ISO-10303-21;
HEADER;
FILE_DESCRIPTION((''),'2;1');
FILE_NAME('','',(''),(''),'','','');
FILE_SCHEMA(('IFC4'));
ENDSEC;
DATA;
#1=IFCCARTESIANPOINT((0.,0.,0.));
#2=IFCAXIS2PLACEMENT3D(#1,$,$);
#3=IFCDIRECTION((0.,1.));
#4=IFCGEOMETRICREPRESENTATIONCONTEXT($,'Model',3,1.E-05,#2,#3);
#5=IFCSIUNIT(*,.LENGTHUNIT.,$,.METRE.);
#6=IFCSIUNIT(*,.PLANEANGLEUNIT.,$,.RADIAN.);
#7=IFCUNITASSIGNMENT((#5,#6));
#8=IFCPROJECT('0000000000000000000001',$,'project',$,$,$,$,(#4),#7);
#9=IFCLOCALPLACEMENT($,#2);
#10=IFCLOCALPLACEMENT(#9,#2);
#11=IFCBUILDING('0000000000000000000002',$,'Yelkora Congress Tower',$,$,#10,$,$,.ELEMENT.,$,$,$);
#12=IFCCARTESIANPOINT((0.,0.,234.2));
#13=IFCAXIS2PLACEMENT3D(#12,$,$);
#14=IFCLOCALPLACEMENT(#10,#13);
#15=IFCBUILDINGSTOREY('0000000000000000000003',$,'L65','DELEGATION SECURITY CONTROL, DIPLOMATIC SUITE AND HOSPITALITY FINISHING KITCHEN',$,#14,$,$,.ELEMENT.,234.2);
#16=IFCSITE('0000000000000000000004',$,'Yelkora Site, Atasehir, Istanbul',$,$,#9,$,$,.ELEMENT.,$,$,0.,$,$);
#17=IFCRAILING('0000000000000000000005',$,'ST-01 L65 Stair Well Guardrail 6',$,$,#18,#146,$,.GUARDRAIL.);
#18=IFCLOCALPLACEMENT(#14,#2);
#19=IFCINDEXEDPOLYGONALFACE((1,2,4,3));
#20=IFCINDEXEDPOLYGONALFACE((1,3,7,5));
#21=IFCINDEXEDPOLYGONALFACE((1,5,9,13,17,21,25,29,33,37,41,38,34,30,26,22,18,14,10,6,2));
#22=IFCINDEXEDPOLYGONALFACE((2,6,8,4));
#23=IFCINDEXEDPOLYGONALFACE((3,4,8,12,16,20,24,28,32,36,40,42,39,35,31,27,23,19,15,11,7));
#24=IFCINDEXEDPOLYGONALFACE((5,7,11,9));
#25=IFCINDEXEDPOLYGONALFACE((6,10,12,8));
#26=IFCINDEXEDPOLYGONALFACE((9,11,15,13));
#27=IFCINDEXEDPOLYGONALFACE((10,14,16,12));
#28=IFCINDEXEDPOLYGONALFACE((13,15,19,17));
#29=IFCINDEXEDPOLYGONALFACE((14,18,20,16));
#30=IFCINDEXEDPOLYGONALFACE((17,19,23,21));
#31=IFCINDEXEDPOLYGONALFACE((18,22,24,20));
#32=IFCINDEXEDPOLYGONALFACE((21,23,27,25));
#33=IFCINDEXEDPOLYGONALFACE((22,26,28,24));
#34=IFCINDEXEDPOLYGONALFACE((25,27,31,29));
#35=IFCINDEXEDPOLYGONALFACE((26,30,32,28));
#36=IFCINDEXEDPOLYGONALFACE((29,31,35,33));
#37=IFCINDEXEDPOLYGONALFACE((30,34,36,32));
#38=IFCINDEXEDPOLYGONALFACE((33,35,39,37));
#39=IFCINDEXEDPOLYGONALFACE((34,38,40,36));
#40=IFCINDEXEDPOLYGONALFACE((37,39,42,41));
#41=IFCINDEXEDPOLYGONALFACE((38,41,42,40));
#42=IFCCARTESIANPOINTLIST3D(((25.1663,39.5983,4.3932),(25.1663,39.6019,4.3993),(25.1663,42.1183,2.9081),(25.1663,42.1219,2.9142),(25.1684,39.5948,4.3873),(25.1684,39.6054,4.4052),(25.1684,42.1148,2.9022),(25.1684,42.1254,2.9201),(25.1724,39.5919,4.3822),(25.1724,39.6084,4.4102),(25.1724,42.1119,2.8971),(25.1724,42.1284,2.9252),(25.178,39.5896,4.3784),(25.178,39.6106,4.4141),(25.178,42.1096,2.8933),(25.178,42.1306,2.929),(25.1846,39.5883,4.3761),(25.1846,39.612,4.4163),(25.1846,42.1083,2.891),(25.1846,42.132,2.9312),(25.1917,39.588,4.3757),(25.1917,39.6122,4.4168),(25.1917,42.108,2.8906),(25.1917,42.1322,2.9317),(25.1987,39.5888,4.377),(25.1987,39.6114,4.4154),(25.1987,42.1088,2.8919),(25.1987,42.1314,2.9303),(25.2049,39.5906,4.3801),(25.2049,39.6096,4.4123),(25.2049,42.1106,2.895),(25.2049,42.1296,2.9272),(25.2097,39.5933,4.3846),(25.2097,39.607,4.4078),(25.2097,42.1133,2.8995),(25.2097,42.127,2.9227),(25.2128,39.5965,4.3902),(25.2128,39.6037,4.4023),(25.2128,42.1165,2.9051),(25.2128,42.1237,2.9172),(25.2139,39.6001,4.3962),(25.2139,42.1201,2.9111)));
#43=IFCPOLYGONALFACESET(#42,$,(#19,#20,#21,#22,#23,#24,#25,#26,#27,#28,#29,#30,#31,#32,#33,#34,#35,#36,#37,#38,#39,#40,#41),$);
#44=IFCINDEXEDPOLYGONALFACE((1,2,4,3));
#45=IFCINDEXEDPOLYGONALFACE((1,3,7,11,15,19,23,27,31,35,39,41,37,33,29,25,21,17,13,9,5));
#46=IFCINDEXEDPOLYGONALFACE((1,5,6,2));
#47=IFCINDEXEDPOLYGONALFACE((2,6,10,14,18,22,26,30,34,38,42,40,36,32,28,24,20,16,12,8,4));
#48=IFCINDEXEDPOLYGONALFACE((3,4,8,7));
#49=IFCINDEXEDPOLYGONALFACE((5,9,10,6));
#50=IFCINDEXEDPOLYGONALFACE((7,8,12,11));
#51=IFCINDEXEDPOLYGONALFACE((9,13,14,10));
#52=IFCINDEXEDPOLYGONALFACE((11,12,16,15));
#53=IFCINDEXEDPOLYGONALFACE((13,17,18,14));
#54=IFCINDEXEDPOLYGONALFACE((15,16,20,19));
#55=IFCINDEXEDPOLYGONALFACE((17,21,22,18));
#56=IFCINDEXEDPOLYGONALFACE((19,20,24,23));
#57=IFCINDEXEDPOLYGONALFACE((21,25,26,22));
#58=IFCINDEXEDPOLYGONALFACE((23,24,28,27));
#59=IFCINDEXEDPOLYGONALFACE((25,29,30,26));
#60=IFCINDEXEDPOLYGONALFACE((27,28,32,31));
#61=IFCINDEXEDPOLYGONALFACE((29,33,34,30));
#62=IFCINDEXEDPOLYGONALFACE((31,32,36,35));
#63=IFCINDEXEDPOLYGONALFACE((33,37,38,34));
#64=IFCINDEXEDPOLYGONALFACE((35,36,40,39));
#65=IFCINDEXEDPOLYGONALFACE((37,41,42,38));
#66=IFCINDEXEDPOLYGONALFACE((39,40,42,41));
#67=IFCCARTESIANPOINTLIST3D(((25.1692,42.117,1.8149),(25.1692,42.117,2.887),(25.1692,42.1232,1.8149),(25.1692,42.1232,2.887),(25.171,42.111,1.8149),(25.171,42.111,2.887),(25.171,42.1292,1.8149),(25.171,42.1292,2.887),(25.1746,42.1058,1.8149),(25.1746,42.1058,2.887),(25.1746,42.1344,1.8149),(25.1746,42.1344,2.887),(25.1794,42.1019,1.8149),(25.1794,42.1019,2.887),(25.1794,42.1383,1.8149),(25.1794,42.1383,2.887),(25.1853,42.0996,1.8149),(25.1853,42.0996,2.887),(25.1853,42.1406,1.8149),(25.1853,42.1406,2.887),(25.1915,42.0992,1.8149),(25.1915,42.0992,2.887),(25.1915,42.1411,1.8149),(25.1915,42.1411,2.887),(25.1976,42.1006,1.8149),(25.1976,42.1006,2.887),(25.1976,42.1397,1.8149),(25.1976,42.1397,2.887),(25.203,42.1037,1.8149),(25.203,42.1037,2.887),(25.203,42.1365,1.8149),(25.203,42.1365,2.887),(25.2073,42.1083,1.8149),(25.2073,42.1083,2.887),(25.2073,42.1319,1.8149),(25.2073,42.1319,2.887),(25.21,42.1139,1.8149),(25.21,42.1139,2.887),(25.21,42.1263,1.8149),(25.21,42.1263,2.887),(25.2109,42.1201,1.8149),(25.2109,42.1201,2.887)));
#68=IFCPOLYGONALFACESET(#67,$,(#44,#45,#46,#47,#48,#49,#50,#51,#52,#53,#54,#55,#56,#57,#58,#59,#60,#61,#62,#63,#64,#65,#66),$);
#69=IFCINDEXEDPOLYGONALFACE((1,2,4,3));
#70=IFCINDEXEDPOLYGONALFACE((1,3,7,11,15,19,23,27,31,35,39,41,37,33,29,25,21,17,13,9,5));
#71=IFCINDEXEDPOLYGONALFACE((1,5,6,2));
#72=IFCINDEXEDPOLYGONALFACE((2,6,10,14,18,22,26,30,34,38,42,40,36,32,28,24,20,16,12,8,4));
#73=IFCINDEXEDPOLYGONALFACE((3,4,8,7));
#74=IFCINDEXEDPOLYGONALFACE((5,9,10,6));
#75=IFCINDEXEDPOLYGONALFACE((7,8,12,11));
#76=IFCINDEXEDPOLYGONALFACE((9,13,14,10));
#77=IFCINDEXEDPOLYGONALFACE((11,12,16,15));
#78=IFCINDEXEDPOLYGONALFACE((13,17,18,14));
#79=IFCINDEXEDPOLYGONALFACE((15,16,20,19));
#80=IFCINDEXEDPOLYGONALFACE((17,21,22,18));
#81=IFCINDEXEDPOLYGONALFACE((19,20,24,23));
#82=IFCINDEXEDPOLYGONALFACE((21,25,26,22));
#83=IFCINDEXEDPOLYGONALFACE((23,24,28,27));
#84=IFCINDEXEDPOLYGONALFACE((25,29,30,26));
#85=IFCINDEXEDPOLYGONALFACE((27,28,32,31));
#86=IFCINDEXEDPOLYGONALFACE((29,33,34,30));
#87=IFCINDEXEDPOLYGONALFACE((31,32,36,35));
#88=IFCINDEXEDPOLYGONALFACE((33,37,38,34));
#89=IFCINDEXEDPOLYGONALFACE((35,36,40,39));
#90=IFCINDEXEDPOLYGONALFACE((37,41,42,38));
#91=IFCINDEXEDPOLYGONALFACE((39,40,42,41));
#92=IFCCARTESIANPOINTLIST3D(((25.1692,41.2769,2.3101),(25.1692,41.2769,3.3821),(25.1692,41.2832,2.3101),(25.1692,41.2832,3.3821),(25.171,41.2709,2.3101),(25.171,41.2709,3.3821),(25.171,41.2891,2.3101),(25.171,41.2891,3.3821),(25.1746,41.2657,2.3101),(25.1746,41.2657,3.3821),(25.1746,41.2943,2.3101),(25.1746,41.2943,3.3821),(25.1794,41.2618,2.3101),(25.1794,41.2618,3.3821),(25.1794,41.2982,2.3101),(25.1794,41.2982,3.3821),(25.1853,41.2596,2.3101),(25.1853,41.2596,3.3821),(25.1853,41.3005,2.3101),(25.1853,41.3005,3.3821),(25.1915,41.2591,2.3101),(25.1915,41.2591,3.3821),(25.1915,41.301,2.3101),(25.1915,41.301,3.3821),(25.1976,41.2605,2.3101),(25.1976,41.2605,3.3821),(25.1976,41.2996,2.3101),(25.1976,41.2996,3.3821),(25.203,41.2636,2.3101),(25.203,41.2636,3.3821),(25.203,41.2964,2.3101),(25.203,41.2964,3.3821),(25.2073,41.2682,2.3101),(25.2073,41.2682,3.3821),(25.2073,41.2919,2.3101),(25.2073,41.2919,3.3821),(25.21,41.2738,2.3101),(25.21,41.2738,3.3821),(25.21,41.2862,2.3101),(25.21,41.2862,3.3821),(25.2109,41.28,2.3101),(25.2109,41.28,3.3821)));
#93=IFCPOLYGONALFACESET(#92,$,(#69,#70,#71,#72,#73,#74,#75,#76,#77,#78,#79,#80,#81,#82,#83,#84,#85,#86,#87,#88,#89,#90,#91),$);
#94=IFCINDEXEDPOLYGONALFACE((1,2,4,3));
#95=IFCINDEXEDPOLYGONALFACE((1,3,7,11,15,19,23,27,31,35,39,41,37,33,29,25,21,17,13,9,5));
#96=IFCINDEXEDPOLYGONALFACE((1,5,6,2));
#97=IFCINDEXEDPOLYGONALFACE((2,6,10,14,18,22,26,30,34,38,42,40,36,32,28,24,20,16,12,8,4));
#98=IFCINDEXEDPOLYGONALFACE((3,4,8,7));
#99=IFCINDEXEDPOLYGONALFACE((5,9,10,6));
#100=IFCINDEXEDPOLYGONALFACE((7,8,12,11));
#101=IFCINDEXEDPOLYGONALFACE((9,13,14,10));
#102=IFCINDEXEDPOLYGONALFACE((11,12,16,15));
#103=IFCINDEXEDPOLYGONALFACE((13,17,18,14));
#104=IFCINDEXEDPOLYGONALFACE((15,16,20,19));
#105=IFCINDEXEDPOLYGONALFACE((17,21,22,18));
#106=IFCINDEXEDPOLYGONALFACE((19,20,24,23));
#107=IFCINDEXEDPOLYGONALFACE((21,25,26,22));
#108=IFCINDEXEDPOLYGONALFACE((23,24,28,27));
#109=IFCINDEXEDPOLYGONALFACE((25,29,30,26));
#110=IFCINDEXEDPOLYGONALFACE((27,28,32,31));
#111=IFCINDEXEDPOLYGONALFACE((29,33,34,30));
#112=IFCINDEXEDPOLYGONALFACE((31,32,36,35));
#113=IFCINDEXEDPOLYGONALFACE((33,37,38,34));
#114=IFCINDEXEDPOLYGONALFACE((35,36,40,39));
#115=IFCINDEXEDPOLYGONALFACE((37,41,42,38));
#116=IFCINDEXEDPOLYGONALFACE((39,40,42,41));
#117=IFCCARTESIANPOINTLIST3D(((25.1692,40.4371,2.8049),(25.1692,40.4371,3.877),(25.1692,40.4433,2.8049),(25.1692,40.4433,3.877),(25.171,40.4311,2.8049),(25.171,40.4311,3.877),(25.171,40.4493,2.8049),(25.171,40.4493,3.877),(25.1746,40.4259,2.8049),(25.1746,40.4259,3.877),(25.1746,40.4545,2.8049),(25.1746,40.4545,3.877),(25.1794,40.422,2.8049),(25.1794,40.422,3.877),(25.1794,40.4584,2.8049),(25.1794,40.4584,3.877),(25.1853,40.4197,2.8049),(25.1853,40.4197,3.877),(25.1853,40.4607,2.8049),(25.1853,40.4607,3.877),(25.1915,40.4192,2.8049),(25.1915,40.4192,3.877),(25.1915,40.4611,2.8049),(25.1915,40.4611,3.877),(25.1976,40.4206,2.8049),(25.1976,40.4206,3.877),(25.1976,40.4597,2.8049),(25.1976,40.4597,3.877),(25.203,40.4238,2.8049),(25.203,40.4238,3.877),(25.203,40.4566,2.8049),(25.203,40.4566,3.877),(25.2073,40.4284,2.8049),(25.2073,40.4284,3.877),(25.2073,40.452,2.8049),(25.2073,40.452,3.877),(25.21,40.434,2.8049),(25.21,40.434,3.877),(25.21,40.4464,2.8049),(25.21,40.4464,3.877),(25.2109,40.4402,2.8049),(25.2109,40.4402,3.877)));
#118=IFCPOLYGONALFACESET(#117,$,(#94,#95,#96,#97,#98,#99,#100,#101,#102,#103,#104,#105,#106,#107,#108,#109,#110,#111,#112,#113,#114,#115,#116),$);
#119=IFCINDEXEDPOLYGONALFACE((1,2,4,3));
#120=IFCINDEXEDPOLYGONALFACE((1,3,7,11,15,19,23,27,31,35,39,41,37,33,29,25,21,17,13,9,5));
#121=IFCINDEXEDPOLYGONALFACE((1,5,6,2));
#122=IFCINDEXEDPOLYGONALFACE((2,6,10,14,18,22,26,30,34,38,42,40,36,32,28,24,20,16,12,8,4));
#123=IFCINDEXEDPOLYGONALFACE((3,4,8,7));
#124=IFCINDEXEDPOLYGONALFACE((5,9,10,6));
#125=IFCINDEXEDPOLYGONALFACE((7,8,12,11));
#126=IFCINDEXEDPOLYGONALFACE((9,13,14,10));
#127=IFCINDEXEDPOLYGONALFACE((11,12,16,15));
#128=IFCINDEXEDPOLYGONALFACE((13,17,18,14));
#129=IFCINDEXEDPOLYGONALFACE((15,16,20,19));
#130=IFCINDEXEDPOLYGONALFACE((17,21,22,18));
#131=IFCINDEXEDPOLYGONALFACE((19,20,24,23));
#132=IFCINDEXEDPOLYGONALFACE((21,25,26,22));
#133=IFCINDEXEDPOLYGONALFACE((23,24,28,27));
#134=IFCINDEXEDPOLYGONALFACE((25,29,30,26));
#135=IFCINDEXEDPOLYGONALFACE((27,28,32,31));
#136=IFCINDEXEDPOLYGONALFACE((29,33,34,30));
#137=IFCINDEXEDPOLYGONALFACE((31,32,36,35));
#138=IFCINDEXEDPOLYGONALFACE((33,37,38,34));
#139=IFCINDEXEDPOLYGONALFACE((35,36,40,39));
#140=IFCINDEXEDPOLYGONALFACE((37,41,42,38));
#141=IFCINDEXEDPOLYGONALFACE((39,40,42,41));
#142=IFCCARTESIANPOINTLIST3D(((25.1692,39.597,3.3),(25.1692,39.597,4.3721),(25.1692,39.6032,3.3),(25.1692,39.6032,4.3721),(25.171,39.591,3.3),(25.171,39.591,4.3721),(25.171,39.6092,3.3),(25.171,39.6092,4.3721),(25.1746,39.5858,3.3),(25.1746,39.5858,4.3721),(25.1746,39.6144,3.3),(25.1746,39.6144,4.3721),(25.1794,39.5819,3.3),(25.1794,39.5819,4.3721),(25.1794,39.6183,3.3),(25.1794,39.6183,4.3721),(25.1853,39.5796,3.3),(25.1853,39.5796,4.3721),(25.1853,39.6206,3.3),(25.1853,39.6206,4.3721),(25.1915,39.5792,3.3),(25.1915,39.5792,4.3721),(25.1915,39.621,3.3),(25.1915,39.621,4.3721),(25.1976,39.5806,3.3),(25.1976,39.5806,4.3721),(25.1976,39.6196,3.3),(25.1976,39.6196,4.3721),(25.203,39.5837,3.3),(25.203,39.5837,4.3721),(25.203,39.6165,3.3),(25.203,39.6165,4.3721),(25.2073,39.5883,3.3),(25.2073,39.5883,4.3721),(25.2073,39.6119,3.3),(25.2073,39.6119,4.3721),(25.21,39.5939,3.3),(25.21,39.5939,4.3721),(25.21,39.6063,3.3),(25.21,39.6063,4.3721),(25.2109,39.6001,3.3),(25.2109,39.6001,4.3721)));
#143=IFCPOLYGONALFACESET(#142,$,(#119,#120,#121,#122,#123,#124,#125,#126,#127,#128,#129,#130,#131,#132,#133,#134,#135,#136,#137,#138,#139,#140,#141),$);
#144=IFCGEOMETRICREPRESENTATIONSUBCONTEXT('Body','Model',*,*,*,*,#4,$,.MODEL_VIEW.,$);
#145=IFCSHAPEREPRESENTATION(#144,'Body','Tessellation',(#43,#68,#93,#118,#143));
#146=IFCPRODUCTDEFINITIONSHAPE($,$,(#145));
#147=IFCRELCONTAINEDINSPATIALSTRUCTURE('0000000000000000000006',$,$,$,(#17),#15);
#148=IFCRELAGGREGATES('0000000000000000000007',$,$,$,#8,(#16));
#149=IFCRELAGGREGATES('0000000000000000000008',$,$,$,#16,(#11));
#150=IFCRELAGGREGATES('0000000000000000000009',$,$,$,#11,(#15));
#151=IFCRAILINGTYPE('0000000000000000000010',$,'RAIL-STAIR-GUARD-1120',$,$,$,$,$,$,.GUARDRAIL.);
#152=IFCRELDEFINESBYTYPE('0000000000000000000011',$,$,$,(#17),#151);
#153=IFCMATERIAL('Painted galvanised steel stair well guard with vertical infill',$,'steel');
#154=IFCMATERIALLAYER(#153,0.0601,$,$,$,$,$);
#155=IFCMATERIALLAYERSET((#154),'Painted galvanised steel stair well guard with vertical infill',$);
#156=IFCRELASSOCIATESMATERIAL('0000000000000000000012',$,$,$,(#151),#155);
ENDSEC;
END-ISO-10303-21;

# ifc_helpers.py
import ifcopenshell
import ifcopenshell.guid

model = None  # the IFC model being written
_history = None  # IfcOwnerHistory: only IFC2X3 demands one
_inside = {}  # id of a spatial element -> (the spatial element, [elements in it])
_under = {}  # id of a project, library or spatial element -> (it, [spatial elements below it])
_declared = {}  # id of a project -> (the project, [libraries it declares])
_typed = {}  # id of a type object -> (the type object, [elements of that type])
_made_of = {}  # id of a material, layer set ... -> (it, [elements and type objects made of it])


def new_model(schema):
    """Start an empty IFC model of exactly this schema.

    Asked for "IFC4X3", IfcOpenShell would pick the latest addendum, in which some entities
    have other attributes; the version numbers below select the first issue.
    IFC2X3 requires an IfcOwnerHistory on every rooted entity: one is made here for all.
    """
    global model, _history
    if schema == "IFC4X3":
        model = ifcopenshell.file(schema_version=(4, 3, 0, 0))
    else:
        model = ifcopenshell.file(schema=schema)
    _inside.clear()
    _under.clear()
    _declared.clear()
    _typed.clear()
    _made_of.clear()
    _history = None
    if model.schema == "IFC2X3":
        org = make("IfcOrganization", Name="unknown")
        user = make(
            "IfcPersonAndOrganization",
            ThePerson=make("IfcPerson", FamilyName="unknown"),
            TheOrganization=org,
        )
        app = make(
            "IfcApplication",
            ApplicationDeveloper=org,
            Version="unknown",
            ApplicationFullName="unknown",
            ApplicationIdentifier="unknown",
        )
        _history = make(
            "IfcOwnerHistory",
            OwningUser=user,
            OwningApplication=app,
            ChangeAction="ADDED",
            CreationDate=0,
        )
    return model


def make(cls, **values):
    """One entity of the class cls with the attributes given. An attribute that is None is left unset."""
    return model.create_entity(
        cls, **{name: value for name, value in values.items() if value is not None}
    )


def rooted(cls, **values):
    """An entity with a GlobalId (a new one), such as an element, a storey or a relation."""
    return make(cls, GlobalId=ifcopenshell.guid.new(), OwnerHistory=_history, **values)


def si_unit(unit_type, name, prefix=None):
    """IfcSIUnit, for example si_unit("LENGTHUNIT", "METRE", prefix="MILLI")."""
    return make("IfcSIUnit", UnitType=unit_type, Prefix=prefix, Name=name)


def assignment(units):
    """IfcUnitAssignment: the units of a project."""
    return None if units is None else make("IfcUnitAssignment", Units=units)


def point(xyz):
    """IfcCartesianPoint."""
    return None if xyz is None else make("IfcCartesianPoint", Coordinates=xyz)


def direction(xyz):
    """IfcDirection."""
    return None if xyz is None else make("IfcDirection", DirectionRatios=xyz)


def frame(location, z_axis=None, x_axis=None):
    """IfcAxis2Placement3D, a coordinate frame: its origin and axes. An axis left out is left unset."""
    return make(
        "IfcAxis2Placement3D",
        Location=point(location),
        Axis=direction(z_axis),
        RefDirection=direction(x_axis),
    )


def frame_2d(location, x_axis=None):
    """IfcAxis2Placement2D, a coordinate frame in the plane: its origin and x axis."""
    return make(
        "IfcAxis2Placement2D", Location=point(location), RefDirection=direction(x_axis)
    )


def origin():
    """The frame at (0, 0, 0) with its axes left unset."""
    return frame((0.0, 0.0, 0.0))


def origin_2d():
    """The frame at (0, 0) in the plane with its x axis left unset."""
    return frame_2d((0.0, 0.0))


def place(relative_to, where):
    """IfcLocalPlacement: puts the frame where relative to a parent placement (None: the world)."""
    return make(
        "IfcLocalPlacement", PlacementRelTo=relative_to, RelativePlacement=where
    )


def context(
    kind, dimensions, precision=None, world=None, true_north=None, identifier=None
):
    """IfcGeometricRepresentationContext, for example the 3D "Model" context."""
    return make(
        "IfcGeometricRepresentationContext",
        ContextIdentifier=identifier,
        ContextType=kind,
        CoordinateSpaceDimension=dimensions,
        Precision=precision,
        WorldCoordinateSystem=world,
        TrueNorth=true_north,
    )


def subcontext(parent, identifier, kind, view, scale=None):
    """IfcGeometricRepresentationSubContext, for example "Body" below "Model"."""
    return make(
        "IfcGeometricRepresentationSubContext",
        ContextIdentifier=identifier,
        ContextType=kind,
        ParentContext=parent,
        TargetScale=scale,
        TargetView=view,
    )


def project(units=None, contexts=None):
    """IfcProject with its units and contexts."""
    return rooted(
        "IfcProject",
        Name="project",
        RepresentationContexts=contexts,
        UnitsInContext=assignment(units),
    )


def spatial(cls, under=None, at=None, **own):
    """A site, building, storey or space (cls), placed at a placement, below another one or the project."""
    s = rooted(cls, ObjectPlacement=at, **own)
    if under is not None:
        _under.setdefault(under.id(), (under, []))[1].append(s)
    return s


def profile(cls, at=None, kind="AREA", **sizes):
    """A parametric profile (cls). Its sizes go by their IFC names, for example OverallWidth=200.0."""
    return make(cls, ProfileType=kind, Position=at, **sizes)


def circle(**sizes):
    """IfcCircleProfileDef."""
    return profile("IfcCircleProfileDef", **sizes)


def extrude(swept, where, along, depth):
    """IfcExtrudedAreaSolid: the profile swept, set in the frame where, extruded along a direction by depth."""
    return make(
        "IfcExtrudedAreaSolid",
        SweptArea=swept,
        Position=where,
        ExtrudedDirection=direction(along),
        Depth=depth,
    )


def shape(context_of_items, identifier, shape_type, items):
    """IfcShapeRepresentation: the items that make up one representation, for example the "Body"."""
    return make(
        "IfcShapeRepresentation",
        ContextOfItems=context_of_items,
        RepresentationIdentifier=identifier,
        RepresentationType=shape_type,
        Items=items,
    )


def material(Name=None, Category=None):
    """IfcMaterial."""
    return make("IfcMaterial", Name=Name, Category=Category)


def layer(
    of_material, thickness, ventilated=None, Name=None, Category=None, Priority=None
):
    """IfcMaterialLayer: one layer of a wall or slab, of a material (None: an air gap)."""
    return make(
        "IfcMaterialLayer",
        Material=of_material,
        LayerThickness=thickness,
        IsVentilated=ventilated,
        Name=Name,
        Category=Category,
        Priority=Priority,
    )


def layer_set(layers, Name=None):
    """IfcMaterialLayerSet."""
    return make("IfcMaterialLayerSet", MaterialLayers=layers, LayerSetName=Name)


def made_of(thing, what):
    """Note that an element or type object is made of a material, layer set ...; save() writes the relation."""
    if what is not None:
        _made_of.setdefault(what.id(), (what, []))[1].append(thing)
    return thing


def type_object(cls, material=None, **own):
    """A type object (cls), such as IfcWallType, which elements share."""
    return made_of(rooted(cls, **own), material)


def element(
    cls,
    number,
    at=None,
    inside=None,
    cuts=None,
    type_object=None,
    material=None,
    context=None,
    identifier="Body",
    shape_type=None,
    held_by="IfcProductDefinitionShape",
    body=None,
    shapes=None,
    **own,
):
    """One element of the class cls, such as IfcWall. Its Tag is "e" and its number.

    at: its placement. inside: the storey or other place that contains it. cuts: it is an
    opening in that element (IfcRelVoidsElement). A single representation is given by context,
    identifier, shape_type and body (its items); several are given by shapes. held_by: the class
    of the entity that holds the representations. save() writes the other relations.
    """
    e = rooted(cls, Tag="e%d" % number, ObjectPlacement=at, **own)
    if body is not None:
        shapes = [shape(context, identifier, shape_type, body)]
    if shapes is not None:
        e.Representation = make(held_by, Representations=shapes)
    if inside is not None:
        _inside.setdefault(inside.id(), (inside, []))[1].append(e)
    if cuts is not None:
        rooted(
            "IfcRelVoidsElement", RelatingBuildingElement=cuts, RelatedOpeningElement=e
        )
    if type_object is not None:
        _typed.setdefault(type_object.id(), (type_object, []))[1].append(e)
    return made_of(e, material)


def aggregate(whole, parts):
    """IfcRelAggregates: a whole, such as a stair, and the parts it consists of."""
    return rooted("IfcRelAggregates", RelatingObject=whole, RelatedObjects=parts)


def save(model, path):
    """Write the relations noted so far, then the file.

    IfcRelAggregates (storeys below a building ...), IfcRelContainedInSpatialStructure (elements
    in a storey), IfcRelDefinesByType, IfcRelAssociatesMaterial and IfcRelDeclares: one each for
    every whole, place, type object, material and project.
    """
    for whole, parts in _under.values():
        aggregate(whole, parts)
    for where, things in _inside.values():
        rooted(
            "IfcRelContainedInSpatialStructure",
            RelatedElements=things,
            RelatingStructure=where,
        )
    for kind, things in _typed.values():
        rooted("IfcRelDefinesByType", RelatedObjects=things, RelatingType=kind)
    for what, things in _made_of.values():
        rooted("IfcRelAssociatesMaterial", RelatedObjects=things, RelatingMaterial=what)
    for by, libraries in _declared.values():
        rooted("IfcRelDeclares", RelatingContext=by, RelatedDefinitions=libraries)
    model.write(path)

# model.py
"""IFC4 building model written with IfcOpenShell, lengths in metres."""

from ifc_helpers import new_model, si_unit, direction, frame, origin, origin_2d, place, context, subcontext, project, spatial, circle, extrude, material, layer, layer_set, type_object, element, save


model = new_model("IFC4")

# Units and contexts
model_context = context("Model", 3, precision=1e-05, world=origin(), true_north=direction((0.0, 1.0)))
body_context = subcontext(model_context, "Body", "Model", "MODEL_VIEW")
ifc_project = project(units=[si_unit("LENGTHUNIT", "METRE"), si_unit("PLANEANGLEUNIT", "RADIAN")], contexts=[model_context])

# Site, building, storey
site_placement = place(None, origin())
site = spatial("IfcSite", under=ifc_project, at=site_placement, Name="Yelkora Site, Atasehir, Istanbul", CompositionType="ELEMENT", RefElevation=0.0)
building_placement = place(site_placement, origin())
building = spatial("IfcBuilding", under=site, at=building_placement, Name="Yelkora Congress Tower", CompositionType="ELEMENT")
storey_placement = place(building_placement, frame((0.0, 0.0, 234.2)))
storey = spatial("IfcBuildingStorey", under=building, at=storey_placement, Name="L65", Description="DELEGATION SECURITY CONTROL, DIPLOMATIC SUITE AND HOSPITALITY FINISHING KITCHEN", CompositionType="ELEMENT", Elevation=234.2)

# Railing
ifc_material_1 = material(Name="Painted galvanised steel stair well guard with vertical infill", Category="steel")
ifc_layer_1 = layer(ifc_material_1, 0.0601)
ifc_layer_set_1 = layer_set([ifc_layer_1], Name="Painted galvanised steel stair well guard with vertical infill")
railing_type_1 = type_object("IfcRailingType", Name="RAIL-STAIR-GUARD-1120", PredefinedType="GUARDRAIL", material=ifc_layer_set_1)
railing_1_placement = place(storey_placement, frame((25.1899, 42.1201, 1.8149)))
element("IfcRailing", 1, at=railing_1_placement, inside=storey, type_object=railing_type_1, Name="ST-01 L65 Stair Well Guardrail 6", PredefinedType="GUARDRAIL", context=body_context, shape_type="SweptSolid", body=[
    extrude(circle(Radius=0.0239, at=origin_2d()), frame((0.0, 0.0, 1.0962), z_axis=(0.0, -0.861524, 0.507717), x_axis=(1.0, 0.0, 0.0)), (0.0, 0.0, 1.0), 2.925),
    extrude(circle(Radius=0.021, at=origin_2d()), origin(), (0.0, 0.0, 1.0), 1.072),
    extrude(circle(Radius=0.021, at=origin_2d()), frame((0.0, -0.8401, 0.4951)), (0.0, 0.0, 1.0), 1.072),
    extrude(circle(Radius=0.021, at=origin_2d()), frame((0.0, -1.6799, 0.99)), (0.0, 0.0, 1.0), 1.072),
    extrude(circle(Radius=0.021, at=origin_2d()), frame((0.0, -2.52, 1.4851)), (0.0, 0.0, 1.0), 1.072),
])

save(model, "model.ifc")
